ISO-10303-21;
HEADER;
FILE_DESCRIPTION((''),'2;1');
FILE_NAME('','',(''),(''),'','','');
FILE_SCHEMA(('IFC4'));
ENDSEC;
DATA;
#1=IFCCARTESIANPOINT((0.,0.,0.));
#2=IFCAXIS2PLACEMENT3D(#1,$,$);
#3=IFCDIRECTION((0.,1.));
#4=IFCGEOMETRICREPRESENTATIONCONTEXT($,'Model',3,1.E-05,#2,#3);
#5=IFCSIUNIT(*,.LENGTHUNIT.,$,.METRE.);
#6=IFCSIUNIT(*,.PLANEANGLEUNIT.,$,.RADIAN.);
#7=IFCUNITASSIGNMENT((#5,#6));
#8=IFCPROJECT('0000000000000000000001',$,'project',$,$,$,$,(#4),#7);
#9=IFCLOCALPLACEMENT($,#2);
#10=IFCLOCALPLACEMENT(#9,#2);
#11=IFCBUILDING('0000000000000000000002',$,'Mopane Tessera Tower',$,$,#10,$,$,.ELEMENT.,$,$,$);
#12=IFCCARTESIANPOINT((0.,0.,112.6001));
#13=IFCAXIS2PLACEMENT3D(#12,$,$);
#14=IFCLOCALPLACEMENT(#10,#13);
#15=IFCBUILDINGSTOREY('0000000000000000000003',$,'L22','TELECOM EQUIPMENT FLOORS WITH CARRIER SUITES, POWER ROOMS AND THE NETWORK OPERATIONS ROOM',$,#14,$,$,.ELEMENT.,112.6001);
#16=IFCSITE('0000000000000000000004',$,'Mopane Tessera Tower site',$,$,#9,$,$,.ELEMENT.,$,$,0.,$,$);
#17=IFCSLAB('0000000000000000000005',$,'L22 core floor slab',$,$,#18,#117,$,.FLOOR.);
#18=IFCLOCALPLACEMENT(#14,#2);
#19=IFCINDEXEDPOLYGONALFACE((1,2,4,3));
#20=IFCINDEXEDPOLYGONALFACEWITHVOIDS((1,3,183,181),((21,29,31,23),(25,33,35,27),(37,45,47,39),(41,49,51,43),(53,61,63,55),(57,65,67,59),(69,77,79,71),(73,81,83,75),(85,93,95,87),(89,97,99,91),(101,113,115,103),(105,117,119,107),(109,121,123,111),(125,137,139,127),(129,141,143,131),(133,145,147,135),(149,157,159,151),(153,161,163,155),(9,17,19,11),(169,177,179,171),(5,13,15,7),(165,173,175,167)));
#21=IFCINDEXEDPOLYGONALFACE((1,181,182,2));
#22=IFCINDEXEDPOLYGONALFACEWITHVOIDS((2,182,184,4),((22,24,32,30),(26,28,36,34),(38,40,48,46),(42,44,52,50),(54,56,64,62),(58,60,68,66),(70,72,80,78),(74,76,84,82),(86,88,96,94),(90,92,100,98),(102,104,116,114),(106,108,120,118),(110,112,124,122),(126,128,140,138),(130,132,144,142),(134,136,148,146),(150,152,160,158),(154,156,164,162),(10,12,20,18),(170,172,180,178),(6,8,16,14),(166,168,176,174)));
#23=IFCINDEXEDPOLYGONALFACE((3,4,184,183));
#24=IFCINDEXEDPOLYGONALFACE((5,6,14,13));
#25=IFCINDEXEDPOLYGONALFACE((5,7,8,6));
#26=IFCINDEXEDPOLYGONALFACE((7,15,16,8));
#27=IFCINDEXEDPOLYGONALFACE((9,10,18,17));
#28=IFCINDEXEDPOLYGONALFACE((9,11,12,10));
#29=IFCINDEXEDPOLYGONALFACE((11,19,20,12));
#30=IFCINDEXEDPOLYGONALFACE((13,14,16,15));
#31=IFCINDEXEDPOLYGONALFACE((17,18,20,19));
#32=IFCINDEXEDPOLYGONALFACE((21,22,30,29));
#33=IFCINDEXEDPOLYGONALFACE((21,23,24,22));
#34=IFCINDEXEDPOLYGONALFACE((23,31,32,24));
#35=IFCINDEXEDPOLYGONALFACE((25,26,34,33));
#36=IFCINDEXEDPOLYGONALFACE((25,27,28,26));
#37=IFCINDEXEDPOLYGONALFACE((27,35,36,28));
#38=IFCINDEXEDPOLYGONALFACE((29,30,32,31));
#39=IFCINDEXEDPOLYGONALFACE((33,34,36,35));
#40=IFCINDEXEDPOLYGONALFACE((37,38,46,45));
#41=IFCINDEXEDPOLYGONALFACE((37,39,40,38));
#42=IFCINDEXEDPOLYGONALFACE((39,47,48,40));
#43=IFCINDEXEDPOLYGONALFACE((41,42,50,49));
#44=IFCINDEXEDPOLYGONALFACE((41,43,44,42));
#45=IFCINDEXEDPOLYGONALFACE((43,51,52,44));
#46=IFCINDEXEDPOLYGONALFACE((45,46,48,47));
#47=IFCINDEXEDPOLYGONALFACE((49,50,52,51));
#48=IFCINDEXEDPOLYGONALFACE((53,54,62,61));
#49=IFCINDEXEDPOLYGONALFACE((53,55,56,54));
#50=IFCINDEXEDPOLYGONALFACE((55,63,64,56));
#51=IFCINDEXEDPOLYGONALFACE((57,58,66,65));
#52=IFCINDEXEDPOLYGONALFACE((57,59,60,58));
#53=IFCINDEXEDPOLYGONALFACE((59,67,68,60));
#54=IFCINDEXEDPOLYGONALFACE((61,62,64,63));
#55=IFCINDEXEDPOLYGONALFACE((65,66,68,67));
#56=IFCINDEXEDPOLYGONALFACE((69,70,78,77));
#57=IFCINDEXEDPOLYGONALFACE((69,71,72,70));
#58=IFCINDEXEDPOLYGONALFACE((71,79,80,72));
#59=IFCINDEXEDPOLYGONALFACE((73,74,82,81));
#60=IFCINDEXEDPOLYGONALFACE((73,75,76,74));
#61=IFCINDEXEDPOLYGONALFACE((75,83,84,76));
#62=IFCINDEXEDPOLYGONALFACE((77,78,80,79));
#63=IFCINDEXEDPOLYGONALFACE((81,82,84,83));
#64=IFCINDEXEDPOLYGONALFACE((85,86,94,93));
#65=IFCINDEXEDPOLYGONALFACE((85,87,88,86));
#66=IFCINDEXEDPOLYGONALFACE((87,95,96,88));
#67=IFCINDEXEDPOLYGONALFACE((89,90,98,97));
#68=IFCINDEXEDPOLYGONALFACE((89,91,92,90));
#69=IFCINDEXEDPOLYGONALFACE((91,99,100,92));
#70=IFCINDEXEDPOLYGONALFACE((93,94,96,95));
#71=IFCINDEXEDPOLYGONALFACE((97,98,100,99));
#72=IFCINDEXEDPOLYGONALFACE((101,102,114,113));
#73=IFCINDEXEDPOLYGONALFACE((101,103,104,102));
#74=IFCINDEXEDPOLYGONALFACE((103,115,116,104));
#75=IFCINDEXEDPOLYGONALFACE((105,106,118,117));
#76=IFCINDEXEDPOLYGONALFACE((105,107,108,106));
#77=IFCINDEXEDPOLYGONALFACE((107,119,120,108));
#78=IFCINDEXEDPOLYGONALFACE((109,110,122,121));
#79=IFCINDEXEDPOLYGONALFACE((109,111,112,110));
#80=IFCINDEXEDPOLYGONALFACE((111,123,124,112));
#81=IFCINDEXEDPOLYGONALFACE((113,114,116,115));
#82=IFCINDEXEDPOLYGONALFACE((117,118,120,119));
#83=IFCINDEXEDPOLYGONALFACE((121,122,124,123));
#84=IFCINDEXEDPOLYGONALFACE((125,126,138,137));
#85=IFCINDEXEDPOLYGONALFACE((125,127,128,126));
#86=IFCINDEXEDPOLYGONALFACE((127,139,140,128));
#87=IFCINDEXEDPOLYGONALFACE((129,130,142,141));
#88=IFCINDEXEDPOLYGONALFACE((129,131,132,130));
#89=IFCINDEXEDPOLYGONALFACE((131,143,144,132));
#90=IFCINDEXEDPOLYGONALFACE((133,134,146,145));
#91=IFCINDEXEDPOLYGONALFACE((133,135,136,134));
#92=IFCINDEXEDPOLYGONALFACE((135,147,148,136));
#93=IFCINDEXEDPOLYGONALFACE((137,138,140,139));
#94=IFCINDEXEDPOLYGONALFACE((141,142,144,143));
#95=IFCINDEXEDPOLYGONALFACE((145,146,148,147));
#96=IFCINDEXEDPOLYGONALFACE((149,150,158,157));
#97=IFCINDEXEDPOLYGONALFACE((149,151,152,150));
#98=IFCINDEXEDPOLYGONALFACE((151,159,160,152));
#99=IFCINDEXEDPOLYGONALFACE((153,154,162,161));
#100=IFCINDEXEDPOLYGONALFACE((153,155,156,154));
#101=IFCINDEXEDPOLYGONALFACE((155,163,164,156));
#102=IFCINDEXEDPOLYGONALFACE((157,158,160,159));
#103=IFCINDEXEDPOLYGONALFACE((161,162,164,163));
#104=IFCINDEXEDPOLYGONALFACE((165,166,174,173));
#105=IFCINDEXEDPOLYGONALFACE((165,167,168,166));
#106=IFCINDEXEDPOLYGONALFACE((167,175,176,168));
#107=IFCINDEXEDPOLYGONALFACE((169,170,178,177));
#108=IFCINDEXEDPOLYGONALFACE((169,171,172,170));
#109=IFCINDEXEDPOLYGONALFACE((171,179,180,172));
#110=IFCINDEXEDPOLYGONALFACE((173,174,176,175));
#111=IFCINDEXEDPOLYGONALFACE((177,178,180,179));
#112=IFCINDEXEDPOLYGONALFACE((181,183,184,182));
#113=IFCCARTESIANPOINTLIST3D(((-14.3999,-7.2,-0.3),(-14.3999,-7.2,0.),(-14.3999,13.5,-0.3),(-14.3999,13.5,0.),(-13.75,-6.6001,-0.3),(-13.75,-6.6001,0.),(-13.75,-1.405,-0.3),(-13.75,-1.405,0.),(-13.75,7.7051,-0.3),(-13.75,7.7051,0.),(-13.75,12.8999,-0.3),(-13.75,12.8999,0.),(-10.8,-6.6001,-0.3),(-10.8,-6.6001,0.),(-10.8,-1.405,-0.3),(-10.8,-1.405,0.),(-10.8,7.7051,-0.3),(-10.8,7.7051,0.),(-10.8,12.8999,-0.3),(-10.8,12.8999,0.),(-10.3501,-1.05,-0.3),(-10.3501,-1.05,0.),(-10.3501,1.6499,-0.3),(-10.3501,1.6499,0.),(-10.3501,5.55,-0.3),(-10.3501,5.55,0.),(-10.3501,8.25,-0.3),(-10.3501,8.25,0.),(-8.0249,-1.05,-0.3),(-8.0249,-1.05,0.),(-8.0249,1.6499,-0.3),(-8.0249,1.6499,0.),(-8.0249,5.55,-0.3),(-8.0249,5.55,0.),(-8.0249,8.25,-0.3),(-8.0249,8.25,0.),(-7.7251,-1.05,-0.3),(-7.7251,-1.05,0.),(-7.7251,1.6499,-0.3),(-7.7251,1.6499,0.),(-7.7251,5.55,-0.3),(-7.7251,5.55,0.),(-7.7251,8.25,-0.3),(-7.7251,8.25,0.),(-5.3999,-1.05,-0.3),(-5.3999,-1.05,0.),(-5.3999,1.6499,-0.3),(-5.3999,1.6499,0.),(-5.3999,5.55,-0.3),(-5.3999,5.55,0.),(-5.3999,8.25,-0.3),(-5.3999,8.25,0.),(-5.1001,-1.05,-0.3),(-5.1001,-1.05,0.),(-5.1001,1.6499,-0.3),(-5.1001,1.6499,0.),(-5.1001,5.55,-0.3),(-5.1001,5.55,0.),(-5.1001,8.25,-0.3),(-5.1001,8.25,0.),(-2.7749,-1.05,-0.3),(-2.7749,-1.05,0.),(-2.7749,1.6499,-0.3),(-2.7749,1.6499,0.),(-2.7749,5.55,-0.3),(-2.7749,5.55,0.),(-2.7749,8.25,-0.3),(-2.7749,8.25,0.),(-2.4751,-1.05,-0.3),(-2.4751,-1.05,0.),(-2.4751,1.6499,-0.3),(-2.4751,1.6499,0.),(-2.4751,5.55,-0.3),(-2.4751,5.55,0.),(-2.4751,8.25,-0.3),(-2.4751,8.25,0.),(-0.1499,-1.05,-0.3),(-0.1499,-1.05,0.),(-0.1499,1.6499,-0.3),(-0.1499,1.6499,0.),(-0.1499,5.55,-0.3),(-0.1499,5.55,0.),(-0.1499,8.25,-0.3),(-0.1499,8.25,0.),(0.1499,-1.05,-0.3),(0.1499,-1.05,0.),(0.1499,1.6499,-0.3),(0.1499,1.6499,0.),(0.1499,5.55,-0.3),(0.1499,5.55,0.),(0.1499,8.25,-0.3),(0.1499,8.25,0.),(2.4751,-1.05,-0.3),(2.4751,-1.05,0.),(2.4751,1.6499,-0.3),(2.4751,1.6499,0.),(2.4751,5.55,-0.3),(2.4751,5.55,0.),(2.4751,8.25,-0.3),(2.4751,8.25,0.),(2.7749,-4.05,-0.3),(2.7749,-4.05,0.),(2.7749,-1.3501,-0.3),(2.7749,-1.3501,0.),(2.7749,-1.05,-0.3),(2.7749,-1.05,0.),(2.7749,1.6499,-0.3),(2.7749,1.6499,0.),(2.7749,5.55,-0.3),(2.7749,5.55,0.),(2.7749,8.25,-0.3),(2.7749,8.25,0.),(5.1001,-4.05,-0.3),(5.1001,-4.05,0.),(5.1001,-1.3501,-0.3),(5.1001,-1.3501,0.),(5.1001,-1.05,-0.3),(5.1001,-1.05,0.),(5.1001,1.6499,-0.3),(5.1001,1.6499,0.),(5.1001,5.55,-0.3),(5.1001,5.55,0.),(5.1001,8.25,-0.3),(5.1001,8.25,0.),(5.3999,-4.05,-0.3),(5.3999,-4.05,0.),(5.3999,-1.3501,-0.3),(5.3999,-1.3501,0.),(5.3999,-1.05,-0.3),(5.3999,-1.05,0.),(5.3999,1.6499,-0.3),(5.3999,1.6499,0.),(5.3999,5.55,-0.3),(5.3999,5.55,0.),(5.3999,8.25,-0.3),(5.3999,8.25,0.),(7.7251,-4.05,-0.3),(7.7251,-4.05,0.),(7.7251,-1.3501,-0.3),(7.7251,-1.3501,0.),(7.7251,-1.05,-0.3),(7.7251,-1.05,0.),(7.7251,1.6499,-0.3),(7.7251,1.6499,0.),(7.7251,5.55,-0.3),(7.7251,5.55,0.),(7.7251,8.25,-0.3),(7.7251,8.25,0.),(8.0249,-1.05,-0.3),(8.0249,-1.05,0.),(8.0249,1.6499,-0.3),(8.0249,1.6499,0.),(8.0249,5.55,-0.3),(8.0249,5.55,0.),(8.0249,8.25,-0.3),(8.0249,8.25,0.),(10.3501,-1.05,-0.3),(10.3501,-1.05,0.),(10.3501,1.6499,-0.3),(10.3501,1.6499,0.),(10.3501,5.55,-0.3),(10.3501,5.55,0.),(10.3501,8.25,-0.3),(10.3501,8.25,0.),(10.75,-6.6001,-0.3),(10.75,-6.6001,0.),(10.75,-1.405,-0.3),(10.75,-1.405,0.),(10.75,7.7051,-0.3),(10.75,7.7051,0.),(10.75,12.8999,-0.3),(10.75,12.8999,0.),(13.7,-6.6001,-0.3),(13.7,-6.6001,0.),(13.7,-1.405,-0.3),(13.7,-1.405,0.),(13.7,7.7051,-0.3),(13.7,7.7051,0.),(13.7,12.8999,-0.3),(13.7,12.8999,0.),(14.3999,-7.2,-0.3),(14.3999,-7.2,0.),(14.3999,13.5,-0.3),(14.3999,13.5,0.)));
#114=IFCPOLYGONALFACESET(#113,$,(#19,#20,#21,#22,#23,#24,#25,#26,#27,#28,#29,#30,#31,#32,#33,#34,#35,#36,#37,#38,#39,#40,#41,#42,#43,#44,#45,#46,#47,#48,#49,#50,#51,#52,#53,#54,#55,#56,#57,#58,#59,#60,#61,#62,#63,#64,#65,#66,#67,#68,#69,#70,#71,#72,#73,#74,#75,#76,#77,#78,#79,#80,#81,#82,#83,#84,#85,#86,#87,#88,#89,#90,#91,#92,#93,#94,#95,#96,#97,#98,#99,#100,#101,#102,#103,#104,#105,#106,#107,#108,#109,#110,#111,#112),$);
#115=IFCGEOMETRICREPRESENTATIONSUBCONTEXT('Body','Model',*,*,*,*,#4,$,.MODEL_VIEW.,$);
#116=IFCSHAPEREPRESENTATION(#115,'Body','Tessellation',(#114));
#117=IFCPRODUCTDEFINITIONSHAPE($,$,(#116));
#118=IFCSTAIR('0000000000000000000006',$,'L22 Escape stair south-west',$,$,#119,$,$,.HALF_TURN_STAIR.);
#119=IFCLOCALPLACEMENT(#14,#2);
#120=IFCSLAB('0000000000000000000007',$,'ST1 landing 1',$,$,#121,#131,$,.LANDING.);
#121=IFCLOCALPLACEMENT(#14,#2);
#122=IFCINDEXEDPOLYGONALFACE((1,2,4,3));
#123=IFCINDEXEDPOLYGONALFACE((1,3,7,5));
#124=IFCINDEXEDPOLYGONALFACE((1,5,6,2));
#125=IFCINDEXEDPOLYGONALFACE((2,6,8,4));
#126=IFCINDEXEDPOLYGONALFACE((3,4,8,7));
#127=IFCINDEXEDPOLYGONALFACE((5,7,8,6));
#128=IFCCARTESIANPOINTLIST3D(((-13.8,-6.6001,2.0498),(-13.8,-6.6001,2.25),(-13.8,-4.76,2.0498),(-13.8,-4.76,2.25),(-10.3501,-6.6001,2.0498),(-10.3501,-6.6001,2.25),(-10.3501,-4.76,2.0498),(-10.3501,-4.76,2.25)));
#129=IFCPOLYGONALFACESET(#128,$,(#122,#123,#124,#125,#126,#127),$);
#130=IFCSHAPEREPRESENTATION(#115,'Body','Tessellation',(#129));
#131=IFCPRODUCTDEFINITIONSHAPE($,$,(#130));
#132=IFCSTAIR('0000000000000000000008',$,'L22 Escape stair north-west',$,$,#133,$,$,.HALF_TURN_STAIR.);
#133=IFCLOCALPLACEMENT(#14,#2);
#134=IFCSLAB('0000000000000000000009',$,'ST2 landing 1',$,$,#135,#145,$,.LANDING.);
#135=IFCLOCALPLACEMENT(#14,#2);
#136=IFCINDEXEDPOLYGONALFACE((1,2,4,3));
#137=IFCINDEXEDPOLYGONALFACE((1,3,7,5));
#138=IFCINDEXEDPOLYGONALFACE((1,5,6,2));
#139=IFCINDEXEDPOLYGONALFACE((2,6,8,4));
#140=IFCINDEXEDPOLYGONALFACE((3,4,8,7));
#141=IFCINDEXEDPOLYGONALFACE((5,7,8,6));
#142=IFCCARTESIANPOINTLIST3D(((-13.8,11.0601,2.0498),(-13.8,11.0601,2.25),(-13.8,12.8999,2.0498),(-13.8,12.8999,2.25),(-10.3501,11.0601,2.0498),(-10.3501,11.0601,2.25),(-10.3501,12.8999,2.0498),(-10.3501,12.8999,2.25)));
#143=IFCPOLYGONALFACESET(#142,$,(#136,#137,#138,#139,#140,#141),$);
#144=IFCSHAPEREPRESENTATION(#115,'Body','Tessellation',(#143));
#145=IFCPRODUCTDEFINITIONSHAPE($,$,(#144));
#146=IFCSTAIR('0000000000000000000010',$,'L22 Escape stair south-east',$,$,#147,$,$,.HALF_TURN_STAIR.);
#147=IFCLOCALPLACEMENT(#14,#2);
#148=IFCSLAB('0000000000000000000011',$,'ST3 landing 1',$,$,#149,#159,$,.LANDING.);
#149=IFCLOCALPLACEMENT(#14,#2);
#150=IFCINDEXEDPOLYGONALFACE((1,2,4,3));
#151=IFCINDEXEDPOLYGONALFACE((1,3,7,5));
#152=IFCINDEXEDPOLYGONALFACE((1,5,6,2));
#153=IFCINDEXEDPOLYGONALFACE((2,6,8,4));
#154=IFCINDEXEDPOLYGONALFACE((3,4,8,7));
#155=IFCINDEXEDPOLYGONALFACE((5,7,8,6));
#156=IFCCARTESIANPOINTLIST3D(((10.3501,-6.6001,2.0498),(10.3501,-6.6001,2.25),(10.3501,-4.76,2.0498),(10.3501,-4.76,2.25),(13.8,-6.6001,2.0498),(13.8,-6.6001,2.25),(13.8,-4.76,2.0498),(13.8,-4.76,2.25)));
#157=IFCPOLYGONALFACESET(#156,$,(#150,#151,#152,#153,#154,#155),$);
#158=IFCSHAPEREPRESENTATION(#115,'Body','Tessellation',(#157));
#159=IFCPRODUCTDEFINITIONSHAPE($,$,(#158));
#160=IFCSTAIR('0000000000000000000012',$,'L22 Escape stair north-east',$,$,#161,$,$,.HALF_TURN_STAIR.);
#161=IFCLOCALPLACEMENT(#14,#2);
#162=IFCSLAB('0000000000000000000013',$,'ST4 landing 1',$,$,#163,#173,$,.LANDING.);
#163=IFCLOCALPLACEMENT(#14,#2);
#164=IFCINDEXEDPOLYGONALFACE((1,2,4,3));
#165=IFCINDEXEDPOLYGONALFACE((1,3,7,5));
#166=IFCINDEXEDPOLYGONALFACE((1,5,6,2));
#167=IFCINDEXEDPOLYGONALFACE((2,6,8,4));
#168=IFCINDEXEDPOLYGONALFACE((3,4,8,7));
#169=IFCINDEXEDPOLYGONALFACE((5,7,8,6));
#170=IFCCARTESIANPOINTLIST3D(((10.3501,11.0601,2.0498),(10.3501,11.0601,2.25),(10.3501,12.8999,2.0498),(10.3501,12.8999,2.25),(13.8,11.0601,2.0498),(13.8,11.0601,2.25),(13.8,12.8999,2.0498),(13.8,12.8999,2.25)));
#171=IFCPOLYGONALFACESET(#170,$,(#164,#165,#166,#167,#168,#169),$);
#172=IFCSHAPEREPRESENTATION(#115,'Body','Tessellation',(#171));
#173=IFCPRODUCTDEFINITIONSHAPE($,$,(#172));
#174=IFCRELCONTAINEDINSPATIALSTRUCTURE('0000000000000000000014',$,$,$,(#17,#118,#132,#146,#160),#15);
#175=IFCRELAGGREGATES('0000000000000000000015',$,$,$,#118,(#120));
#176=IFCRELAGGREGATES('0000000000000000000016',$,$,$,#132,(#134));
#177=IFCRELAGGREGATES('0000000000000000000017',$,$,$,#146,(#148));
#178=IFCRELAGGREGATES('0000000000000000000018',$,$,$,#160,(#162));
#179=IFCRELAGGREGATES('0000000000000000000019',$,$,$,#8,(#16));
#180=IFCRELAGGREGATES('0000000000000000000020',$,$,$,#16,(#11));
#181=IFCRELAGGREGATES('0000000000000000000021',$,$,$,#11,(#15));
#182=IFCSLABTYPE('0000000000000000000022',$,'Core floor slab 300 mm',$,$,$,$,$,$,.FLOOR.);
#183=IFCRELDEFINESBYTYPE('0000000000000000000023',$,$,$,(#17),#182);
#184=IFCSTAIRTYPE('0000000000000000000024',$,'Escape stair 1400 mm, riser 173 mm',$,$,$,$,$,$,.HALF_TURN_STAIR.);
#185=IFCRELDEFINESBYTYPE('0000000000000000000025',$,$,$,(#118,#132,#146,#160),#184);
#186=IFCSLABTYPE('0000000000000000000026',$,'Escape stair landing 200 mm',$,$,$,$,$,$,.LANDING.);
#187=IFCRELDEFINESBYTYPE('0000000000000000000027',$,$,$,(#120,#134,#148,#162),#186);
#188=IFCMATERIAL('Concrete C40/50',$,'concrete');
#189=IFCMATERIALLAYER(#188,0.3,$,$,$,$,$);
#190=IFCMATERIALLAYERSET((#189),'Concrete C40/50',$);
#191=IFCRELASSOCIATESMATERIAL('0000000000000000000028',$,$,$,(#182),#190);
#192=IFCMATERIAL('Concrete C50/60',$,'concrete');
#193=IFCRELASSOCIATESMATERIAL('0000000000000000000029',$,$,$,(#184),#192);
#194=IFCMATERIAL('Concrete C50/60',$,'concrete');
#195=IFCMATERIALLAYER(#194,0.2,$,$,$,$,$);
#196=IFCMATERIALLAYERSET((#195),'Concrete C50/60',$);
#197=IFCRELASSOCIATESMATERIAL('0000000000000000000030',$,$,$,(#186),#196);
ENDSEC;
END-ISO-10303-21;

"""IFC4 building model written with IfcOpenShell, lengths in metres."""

from ifc_helpers import new_model, si_unit, direction, frame, origin, place, context, subcontext, project, spatial, polyline, outline, extrude, material, layer, layer_set, type_object, element, aggregate, save


model = new_model("IFC4")

# Units and contexts
model_context = context("Model", 3, precision=1e-05, world=origin(), true_north=direction((0.0, 1.0)))
body_context = subcontext(model_context, "Body", "Model", "MODEL_VIEW")
ifc_project = project(units=[si_unit("LENGTHUNIT", "METRE"), si_unit("PLANEANGLEUNIT", "RADIAN")], contexts=[model_context])

# Site, building, storey
site_placement = place(None, origin())
site = spatial("IfcSite", under=ifc_project, at=site_placement, Name="Mopane Tessera Tower site", CompositionType="ELEMENT", RefElevation=0.0)
building_placement = place(site_placement, origin())
building = spatial("IfcBuilding", under=site, at=building_placement, Name="Mopane Tessera Tower", CompositionType="ELEMENT")
storey_placement = place(building_placement, frame((0.0, 0.0, 112.6001)))
storey = spatial("IfcBuildingStorey", under=building, at=storey_placement, Name="L22", Description="TELECOM EQUIPMENT FLOORS WITH CARRIER SUITES, POWER ROOMS AND THE NETWORK OPERATIONS ROOM", CompositionType="ELEMENT", Elevation=112.6001)

# Slab
ifc_material_1 = material(Name="Concrete C40/50", Category="concrete")
ifc_layer_1 = layer(ifc_material_1, 0.3)
ifc_layer_set_1 = layer_set([ifc_layer_1], Name="Concrete C40/50")
slab_type_1 = type_object("IfcSlabType", Name="Core floor slab 300 mm", PredefinedType="FLOOR", material=ifc_layer_set_1)
slab_1_placement = place(storey_placement, frame((0.0, 0.0, -0.3)))
element("IfcSlab", 1, at=slab_1_placement, inside=storey, type_object=slab_type_1, Name="L22 core floor slab", PredefinedType="FLOOR", context=body_context, shape_type="SweptSolid", body=[
    extrude(outline(polyline([(-14.3999, -7.2), (14.3999, -7.2), (14.3999, 13.5), (-14.3999, 13.5), (-14.3999, -7.2)]), holes=[polyline([(-10.3501, -1.05), (-8.0249, -1.05), (-8.0249, 1.6499), (-10.3501, 1.6499), (-10.3501, -1.05)]), polyline([(-7.7251, -1.05), (-5.3999, -1.05), (-5.3999, 1.6499), (-7.7251, 1.6499), (-7.7251, -1.05)]), polyline([(-5.1001, -1.05), (-2.7749, -1.05), (-2.7749, 1.6499), (-5.1001, 1.6499), (-5.1001, -1.05)]), polyline([(-2.4751, -1.05), (-0.1499, -1.05), (-0.1499, 1.6499), (-2.4751, 1.6499), (-2.4751, -1.05)]), polyline([(0.1499, -1.05), (2.4751, -1.05), (2.4751, 1.6499), (0.1499, 1.6499), (0.1499, -1.05)]), polyline([(2.7749, -1.05), (5.1001, -1.05), (5.1001, 1.6499), (2.7749, 1.6499), (2.7749, -1.05)]), polyline([(5.3999, -1.05), (7.7251, -1.05), (7.7251, 1.6499), (5.3999, 1.6499), (5.3999, -1.05)]), polyline([(8.0249, -1.05), (10.3501, -1.05), (10.3501, 1.6499), (8.0249, 1.6499), (8.0249, -1.05)]), polyline([(-10.3501, 5.55), (-8.0249, 5.55), (-8.0249, 8.25), (-10.3501, 8.25), (-10.3501, 5.55)]), polyline([(-7.7251, 5.55), (-5.3999, 5.55), (-5.3999, 8.25), (-7.7251, 8.25), (-7.7251, 5.55)]), polyline([(-5.1001, 5.55), (-2.7749, 5.55), (-2.7749, 8.25), (-5.1001, 8.25), (-5.1001, 5.55)]), polyline([(-2.4751, 5.55), (-0.1499, 5.55), (-0.1499, 8.25), (-2.4751, 8.25), (-2.4751, 5.55)]), polyline([(0.1499, 5.55), (2.4751, 5.55), (2.4751, 8.25), (0.1499, 8.25), (0.1499, 5.55)]), polyline([(2.7749, 5.55), (5.1001, 5.55), (5.1001, 8.25), (2.7749, 8.25), (2.7749, 5.55)]), polyline([(5.3999, 5.55), (7.7251, 5.55), (7.7251, 8.25), (5.3999, 8.25), (5.3999, 5.55)]), polyline([(8.0249, 5.55), (10.3501, 5.55), (10.3501, 8.25), (8.0249, 8.25), (8.0249, 5.55)]), polyline([(2.7749, -4.05), (5.1001, -4.05), (5.1001, -1.3501), (2.7749, -1.3501), (2.7749, -4.05)]), polyline([(5.3999, -4.05), (7.7251, -4.05), (7.7251, -1.3501), (5.3999, -1.3501), (5.3999, -4.05)]), polyline([(-13.75, -1.405), (-13.75, -6.6001), (-10.8, -6.6001), (-10.8, -1.405), (-13.75, -1.405)]), polyline([(-10.8, 7.7051), (-10.8, 12.8999), (-13.75, 12.8999), (-13.75, 7.7051), (-10.8, 7.7051)]), polyline([(10.75, -1.405), (10.75, -6.6001), (13.7, -6.6001), (13.7, -1.405), (10.75, -1.405)]), polyline([(13.7, 7.7051), (13.7, 12.8999), (10.75, 12.8999), (10.75, 7.7051), (13.7, 7.7051)])]), origin(), (0.0, 0.0, 1.0), 0.3),
])

# Stairs, slabs
ifc_material_2 = material(Name="Concrete C50/60", Category="concrete")
stair_type = type_object("IfcStairType", Name="Escape stair 1400 mm, riser 173 mm", PredefinedType="HALF_TURN_STAIR", material=ifc_material_2)
stair_1_placement = place(storey_placement, origin())
stair_1 = element("IfcStair", 2, at=stair_1_placement, inside=storey, type_object=stair_type, Name="L22 Escape stair south-west", PredefinedType="HALF_TURN_STAIR")
ifc_material_3 = material(Name="Concrete C50/60", Category="concrete")
ifc_layer_2 = layer(ifc_material_3, 0.2)
ifc_layer_set_2 = layer_set([ifc_layer_2], Name="Concrete C50/60")
slab_type_2 = type_object("IfcSlabType", Name="Escape stair landing 200 mm", PredefinedType="LANDING", material=ifc_layer_set_2)
slab_2_placement = place(storey_placement, frame((0.0, 0.0, 2.0498)))
slab_2 = element("IfcSlab", 3, at=slab_2_placement, type_object=slab_type_2, Name="ST1 landing 1", PredefinedType="LANDING", context=body_context, shape_type="SweptSolid", body=[
    extrude(outline(polyline([(-13.8, -4.76), (-13.8, -6.6001), (-10.3501, -6.6001), (-10.3501, -4.76), (-13.8, -4.76)])), origin(), (0.0, 0.0, 1.0), 0.2002),
])
aggregate(stair_1, [slab_2])
stair_2_placement = place(storey_placement, origin())
stair_2 = element("IfcStair", 4, at=stair_2_placement, inside=storey, type_object=stair_type, Name="L22 Escape stair north-west", PredefinedType="HALF_TURN_STAIR")
slab_3_placement = place(storey_placement, frame((0.0, 0.0, 2.0498)))
slab_3 = element("IfcSlab", 5, at=slab_3_placement, type_object=slab_type_2, Name="ST2 landing 1", PredefinedType="LANDING", context=body_context, shape_type="SweptSolid", body=[
    extrude(outline(polyline([(-10.3501, 11.0601), (-10.3501, 12.8999), (-13.8, 12.8999), (-13.8, 11.0601), (-10.3501, 11.0601)])), origin(), (0.0, 0.0, 1.0), 0.2002),
])
aggregate(stair_2, [slab_3])
stair_3_placement = place(storey_placement, origin())
stair_3 = element("IfcStair", 6, at=stair_3_placement, inside=storey, type_object=stair_type, Name="L22 Escape stair south-east", PredefinedType="HALF_TURN_STAIR")
slab_4_placement = place(storey_placement, frame((0.0, 0.0, 2.0498)))
slab_4 = element("IfcSlab", 7, at=slab_4_placement, type_object=slab_type_2, Name="ST3 landing 1", PredefinedType="LANDING", context=body_context, shape_type="SweptSolid", body=[
    extrude(outline(polyline([(10.3501, -4.76), (10.3501, -6.6001), (13.8, -6.6001), (13.8, -4.76), (10.3501, -4.76)])), origin(), (0.0, 0.0, 1.0), 0.2002),
])
aggregate(stair_3, [slab_4])
stair_4_placement = place(storey_placement, origin())
stair_4 = element("IfcStair", 8, at=stair_4_placement, inside=storey, type_object=stair_type, Name="L22 Escape stair north-east", PredefinedType="HALF_TURN_STAIR")
slab_5_placement = place(storey_placement, frame((0.0, 0.0, 2.0498)))
slab_5 = element("IfcSlab", 9, at=slab_5_placement, type_object=slab_type_2, Name="ST4 landing 1", PredefinedType="LANDING", context=body_context, shape_type="SweptSolid", body=[
    extrude(outline(polyline([(13.8, 11.0601), (13.8, 12.8999), (10.3501, 12.8999), (10.3501, 11.0601), (13.8, 11.0601)])), origin(), (0.0, 0.0, 1.0), 0.2002),
])
aggregate(stair_4, [slab_5])

save(model, "model.ifc")
